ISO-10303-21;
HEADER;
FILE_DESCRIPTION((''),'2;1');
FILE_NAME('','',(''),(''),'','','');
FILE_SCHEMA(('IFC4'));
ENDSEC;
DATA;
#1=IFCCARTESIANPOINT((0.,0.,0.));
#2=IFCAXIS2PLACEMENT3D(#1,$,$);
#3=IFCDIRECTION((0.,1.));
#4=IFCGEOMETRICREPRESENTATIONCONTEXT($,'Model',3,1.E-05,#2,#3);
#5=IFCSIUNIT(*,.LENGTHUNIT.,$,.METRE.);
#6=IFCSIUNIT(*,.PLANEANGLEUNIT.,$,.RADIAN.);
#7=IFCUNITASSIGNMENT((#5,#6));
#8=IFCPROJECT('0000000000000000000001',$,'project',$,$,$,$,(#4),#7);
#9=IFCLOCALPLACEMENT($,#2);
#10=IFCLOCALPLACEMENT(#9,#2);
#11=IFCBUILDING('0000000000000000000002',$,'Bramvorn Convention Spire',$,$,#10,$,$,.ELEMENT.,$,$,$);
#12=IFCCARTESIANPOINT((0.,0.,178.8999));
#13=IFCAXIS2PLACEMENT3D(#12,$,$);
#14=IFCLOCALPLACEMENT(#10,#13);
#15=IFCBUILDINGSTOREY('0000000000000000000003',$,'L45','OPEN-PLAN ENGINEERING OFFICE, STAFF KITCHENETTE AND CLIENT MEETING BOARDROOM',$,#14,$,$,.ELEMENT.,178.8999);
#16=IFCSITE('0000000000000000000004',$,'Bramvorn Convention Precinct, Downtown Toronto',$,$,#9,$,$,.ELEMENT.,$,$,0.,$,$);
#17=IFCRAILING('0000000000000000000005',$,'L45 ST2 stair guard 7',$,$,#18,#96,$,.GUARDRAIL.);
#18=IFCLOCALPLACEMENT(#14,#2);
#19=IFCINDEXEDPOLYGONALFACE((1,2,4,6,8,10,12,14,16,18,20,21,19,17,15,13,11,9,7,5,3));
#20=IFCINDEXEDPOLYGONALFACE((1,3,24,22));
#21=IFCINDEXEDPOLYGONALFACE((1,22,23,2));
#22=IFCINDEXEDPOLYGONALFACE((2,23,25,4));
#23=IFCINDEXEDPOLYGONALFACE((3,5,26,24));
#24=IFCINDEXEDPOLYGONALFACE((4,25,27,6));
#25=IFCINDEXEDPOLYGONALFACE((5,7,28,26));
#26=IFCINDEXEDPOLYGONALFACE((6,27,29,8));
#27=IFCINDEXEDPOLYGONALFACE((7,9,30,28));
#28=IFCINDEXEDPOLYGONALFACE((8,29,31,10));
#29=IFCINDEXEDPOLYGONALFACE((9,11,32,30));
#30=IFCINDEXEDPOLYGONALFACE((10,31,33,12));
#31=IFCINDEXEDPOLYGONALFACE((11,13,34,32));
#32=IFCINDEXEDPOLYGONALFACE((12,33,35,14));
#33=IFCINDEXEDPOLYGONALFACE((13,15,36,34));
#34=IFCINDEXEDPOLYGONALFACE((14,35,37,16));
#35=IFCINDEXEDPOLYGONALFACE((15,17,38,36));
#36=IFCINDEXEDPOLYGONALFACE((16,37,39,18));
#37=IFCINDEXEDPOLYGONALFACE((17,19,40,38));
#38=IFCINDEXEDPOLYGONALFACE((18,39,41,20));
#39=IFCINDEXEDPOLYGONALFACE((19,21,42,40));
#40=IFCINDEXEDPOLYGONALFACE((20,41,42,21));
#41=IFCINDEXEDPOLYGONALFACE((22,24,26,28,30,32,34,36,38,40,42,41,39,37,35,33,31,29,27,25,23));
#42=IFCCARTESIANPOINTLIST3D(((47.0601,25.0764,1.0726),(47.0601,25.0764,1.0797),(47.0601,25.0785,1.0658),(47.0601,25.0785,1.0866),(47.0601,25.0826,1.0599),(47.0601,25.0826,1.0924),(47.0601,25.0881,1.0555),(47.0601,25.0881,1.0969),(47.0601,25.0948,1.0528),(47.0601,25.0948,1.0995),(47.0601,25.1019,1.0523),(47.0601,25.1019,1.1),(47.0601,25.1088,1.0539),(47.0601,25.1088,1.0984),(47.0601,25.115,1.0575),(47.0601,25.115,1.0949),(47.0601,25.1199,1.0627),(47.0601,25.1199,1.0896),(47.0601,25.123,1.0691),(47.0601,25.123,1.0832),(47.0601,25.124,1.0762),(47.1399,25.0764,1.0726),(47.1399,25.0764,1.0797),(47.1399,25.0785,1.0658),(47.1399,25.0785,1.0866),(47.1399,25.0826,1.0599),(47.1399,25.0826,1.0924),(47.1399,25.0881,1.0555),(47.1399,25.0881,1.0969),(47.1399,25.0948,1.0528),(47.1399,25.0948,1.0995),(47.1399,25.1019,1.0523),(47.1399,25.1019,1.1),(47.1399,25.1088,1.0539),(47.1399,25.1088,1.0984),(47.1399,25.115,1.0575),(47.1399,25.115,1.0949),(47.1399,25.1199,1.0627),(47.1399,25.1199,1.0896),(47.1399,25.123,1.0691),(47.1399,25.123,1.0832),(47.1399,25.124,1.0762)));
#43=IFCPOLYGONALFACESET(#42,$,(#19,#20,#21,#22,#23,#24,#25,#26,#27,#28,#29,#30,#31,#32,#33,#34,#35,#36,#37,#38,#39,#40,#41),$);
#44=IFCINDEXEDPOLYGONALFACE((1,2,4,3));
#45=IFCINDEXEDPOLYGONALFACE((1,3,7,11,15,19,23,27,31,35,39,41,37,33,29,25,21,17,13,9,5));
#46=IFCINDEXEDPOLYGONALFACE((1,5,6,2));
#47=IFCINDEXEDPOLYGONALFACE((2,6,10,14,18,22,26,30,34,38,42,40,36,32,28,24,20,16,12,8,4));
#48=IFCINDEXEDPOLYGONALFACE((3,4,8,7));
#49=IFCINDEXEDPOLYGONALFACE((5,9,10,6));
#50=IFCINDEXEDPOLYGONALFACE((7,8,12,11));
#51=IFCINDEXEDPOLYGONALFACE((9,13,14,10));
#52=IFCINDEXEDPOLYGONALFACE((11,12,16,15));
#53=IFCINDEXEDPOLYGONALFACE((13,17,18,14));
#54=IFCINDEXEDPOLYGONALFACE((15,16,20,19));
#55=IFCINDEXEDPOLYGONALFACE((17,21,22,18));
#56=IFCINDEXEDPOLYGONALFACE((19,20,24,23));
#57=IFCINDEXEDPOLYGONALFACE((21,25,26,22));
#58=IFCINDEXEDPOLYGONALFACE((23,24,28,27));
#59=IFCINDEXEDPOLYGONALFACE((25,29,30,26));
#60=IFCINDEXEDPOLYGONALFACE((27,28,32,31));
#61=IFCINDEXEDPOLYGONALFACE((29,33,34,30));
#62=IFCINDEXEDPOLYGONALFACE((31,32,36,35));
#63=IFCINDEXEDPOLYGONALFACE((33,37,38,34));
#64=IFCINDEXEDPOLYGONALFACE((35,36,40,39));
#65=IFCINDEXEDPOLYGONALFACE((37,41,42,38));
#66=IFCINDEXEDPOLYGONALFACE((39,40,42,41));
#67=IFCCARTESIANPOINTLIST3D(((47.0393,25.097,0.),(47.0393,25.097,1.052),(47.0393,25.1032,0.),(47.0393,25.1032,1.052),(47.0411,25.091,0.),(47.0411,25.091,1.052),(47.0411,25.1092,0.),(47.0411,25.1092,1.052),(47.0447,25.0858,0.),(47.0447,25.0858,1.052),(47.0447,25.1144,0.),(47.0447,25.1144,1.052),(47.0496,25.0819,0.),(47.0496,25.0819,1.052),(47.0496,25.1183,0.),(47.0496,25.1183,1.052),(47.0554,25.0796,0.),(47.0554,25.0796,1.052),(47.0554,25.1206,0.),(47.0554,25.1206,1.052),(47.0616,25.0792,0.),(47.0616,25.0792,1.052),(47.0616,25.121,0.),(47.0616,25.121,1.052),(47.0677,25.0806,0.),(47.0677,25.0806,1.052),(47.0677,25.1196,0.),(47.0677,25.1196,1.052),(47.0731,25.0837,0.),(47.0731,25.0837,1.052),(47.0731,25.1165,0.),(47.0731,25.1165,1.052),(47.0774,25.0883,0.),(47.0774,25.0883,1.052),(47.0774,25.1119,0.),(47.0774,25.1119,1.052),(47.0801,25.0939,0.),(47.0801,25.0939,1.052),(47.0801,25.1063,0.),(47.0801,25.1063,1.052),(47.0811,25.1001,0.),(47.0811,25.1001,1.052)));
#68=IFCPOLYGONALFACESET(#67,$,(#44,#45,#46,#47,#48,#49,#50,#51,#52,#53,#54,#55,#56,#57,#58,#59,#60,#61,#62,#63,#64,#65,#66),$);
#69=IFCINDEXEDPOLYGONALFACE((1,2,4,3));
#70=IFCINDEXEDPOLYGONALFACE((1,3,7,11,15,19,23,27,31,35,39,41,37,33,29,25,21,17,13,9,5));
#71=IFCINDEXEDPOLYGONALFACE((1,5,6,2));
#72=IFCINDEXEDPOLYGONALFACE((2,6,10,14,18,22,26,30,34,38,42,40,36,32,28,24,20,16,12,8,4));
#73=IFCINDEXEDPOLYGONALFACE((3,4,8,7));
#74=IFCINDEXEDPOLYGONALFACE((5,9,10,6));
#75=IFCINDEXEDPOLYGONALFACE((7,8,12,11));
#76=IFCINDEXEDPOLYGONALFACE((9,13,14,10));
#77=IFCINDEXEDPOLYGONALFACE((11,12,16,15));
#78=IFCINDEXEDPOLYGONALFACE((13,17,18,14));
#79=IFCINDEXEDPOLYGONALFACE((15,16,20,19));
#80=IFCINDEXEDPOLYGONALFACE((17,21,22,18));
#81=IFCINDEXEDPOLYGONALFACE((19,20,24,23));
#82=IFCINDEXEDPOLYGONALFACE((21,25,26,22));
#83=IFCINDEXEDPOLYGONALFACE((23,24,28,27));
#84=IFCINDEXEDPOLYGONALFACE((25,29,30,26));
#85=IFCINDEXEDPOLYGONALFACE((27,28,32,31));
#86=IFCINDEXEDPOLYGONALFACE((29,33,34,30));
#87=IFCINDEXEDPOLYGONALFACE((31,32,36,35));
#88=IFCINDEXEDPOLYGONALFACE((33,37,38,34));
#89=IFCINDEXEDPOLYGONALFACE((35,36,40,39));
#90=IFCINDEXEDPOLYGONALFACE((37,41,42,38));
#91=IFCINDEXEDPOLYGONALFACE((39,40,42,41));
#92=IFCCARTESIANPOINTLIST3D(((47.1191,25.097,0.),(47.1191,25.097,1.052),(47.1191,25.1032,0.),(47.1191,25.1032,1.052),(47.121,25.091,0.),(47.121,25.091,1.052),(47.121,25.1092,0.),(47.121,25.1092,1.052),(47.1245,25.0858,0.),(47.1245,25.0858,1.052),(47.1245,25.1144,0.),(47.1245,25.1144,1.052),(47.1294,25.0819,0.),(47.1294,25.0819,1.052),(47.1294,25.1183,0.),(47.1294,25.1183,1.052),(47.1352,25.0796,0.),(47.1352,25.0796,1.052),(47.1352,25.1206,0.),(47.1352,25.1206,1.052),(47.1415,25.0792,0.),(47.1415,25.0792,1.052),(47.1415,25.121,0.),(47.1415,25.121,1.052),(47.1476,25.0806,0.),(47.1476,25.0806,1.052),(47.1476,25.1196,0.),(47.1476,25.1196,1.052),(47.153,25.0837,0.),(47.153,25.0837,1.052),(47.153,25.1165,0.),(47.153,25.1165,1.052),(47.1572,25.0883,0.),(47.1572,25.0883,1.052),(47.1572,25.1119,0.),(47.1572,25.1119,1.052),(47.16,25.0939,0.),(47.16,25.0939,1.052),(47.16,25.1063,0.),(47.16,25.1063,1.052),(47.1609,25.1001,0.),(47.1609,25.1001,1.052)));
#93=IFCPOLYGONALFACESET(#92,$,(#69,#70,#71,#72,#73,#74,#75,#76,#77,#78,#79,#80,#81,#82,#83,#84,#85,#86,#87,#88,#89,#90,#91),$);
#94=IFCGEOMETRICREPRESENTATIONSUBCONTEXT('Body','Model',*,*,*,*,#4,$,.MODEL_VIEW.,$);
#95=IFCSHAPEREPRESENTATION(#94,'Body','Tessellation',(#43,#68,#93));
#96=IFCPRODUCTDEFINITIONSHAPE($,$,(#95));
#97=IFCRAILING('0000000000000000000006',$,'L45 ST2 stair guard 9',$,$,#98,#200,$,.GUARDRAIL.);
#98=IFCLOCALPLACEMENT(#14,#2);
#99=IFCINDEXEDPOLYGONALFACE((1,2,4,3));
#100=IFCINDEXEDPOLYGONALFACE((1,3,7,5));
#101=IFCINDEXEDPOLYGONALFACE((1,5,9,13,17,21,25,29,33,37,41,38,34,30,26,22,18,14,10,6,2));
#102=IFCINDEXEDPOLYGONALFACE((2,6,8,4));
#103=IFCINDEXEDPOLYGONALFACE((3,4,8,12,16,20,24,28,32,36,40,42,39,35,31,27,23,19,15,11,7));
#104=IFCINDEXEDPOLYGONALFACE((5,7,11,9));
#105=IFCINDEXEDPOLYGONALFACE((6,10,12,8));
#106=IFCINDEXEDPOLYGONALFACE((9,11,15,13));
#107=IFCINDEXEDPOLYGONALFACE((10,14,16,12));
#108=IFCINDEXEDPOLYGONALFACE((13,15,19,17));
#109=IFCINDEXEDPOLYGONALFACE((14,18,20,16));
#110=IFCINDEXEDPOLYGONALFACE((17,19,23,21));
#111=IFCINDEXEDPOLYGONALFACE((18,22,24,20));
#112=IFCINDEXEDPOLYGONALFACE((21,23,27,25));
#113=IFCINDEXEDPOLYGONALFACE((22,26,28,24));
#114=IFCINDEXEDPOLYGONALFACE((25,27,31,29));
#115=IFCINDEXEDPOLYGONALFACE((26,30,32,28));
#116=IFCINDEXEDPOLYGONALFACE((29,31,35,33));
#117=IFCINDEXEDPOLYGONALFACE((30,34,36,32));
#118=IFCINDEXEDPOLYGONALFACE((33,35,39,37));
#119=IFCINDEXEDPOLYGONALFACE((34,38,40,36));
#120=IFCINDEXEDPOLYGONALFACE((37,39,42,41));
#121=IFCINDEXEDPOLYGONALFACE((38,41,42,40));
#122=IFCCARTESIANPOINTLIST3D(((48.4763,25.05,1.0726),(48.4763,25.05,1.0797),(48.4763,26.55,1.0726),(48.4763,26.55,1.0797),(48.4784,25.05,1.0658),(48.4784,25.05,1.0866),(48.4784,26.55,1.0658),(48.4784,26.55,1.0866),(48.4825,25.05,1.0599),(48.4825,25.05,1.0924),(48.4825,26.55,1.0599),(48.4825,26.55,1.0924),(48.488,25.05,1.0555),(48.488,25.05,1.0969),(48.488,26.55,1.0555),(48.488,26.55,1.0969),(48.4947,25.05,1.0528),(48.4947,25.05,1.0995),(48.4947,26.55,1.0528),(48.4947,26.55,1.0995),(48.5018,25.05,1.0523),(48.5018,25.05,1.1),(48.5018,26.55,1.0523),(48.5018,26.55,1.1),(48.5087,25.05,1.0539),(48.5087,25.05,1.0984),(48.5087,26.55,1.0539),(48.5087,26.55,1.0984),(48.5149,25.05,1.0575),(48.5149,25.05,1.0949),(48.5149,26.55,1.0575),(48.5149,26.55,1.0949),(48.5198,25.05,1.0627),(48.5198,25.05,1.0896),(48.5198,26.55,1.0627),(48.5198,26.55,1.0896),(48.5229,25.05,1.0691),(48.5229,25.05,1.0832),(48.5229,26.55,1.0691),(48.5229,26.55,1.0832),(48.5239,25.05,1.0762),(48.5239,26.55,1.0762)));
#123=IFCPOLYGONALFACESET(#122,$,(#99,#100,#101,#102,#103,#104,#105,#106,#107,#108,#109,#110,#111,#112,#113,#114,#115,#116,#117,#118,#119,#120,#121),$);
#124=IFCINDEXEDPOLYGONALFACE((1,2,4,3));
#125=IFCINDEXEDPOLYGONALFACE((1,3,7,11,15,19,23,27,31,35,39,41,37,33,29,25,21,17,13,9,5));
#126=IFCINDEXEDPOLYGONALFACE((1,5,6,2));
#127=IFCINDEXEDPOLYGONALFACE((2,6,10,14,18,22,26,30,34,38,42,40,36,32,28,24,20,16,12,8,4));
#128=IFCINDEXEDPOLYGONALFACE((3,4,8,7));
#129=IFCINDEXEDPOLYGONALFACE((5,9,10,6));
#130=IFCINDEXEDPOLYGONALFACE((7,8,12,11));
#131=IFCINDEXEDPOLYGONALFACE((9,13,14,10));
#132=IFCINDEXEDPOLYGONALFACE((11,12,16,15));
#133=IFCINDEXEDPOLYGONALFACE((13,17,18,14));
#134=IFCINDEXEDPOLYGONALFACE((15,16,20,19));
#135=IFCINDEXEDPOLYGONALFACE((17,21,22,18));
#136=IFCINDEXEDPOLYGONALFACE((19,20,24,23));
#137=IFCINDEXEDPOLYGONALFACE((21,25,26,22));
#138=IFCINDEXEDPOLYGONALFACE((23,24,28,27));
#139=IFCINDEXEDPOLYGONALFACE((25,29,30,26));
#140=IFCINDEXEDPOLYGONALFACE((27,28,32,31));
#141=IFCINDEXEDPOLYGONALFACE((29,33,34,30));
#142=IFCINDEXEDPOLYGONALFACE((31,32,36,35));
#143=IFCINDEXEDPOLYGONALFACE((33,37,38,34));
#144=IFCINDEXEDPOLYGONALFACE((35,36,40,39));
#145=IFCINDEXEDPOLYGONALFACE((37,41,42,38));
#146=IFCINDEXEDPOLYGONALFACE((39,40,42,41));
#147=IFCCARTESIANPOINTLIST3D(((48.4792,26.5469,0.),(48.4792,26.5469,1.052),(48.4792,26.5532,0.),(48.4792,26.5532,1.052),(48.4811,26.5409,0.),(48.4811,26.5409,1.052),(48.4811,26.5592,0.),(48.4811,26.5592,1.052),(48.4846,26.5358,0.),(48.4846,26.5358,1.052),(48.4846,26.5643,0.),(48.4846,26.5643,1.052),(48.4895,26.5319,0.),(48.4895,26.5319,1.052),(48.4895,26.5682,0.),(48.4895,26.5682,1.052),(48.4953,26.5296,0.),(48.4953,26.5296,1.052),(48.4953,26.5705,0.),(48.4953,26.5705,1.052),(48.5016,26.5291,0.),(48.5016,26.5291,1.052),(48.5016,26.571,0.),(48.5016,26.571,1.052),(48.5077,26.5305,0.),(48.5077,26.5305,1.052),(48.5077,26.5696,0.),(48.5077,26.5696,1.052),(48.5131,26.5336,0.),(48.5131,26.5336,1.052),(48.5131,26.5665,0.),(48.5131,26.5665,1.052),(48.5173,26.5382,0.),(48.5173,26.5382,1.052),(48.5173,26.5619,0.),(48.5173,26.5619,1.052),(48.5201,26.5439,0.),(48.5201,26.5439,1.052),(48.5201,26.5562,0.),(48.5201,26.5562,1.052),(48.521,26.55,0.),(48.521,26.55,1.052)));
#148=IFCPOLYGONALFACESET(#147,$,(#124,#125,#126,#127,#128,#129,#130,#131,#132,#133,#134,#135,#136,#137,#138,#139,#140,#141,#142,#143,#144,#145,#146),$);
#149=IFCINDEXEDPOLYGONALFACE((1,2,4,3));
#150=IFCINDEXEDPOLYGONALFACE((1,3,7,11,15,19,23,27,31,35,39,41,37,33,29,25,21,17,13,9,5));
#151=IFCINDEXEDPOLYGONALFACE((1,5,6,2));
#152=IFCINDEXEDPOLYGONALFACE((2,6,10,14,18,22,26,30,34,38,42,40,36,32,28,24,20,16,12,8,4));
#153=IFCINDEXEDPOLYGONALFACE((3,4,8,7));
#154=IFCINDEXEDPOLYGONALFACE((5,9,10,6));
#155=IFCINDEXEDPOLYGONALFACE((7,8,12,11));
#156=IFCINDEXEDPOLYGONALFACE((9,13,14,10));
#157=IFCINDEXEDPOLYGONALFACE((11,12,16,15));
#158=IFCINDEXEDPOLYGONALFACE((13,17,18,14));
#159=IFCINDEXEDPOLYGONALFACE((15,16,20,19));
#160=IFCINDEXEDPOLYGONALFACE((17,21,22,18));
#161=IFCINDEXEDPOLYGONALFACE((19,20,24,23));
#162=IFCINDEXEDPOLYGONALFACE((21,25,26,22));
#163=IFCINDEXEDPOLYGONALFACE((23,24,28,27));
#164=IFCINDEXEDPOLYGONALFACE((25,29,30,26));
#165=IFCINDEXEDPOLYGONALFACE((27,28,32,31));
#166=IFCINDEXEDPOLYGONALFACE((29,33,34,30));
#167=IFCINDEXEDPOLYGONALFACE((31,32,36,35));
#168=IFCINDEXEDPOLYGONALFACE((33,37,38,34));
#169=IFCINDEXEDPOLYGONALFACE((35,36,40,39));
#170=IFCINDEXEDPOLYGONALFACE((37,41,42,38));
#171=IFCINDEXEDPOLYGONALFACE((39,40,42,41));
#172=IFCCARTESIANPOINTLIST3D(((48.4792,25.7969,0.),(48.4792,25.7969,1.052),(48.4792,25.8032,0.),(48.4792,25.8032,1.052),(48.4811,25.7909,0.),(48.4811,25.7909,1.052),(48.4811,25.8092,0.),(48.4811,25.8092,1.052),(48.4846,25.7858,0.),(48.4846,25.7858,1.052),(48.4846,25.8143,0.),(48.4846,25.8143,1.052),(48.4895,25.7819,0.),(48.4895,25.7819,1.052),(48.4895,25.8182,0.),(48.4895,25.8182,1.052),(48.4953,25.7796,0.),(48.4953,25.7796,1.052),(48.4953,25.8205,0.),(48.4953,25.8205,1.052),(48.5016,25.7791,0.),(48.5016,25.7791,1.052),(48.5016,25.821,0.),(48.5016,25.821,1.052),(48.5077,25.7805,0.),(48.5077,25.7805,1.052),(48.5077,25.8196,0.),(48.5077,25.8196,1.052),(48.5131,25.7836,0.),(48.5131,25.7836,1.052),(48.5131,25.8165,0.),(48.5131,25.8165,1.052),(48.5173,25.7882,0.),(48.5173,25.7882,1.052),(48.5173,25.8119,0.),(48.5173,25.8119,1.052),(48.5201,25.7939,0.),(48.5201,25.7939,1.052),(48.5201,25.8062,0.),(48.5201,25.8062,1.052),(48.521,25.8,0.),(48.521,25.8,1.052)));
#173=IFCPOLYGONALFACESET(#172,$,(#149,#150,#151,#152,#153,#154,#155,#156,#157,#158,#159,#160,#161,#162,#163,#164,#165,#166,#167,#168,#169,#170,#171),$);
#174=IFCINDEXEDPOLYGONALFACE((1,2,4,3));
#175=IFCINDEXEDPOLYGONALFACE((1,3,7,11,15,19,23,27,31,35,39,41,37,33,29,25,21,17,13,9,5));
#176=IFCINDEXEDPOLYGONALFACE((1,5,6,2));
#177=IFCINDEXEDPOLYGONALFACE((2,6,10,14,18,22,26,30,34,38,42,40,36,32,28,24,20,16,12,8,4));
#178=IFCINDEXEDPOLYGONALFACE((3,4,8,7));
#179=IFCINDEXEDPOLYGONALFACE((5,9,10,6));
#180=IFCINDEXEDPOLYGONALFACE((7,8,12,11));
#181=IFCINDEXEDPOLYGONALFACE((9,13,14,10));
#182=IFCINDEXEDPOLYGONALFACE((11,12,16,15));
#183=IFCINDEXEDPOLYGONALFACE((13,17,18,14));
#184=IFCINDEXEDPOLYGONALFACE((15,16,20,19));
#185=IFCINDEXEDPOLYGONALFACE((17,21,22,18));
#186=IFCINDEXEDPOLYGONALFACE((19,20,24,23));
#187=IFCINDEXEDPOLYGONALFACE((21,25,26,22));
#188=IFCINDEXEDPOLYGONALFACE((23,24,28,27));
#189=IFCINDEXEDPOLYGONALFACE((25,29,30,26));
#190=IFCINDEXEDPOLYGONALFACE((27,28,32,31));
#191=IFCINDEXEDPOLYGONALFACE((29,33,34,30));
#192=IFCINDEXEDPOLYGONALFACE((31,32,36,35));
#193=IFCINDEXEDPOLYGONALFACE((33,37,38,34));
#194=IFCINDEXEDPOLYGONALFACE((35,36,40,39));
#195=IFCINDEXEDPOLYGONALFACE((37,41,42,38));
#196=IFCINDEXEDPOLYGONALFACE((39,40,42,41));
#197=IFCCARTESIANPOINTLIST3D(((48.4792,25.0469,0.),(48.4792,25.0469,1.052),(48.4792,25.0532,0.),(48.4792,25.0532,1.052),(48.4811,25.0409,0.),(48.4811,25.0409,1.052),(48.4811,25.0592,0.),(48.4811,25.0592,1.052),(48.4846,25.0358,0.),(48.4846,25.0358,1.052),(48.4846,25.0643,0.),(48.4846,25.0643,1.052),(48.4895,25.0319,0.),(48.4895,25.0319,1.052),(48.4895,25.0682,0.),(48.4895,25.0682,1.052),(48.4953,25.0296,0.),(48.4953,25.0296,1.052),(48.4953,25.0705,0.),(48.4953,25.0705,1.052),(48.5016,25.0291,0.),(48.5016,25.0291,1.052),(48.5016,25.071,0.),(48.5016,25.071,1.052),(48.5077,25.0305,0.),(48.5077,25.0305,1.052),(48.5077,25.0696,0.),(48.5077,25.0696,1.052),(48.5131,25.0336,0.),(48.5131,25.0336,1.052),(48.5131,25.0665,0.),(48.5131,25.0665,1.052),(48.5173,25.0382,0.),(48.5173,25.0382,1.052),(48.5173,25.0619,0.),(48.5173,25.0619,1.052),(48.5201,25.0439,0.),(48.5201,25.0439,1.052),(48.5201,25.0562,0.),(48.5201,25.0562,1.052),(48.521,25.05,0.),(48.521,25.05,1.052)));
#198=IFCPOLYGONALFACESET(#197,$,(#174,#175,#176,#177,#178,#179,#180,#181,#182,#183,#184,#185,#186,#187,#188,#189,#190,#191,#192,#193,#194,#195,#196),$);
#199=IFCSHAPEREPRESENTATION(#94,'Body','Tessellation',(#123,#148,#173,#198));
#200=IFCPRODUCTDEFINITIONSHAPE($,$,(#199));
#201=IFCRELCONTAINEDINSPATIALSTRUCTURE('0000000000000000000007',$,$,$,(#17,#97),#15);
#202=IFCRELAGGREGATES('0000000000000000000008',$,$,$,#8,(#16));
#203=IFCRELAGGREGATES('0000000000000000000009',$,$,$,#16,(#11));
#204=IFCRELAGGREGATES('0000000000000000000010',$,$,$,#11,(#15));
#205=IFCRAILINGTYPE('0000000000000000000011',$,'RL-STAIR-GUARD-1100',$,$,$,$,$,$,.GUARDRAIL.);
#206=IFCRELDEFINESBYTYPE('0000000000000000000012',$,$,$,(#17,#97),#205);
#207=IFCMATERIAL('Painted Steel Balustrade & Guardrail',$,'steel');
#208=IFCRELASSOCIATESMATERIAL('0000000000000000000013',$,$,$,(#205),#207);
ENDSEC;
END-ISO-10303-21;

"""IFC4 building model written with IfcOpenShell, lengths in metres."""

from ifc_helpers import new_model, si_unit, direction, frame, origin, origin_2d, place, context, subcontext, project, spatial, circle, extrude, material, type_object, element, save


model = new_model("IFC4")

# Units and contexts
model_context = context("Model", 3, precision=1e-05, world=origin(), true_north=direction((0.0, 1.0)))
body_context = subcontext(model_context, "Body", "Model", "MODEL_VIEW")
ifc_project = project(units=[si_unit("LENGTHUNIT", "METRE"), si_unit("PLANEANGLEUNIT", "RADIAN")], contexts=[model_context])

# Site, building, storey
site_placement = place(None, origin())
site = spatial("IfcSite", under=ifc_project, at=site_placement, Name="Bramvorn Convention Precinct, Downtown Toronto", CompositionType="ELEMENT", RefElevation=0.0)
building_placement = place(site_placement, origin())
building = spatial("IfcBuilding", under=site, at=building_placement, Name="Bramvorn Convention Spire", CompositionType="ELEMENT")
storey_placement = place(building_placement, frame((0.0, 0.0, 178.8999)))
storey = spatial("IfcBuildingStorey", under=building, at=storey_placement, Name="L45", Description="OPEN-PLAN ENGINEERING OFFICE, STAFF KITCHENETTE AND CLIENT MEETING BOARDROOM", CompositionType="ELEMENT", Elevation=178.8999)

# Railings
ifc_material_1 = material(Name="Painted Steel Balustrade & Guardrail", Category="steel")
railing_type_1 = type_object("IfcRailingType", Name="RL-STAIR-GUARD-1100", PredefinedType="GUARDRAIL", material=ifc_material_1)
railing_1_placement = place(storey_placement, frame((47.0601, 25.1001, 0.0)))
element("IfcRailing", 1, at=railing_1_placement, inside=storey, type_object=railing_type_1, Name="L45 ST2 stair guard 7", PredefinedType="GUARDRAIL", context=body_context, shape_type="SweptSolid", body=[
    extrude(circle(Radius=0.0239, at=origin_2d()), frame((0.0, 0.0, 1.0762), z_axis=(1.0, 0.0, 0.0), x_axis=(0.0, 1.0, 0.0)), (0.0, 0.0, 1.0), 0.0798),
    extrude(circle(Radius=0.021, at=origin_2d()), origin(), (0.0, 0.0, 1.0), 1.052),
    extrude(circle(Radius=0.021, at=origin_2d()), frame((0.0798, 0.0, 0.0)), (0.0, 0.0, 1.0), 1.052),
])
railing_2_placement = place(storey_placement, frame((48.5, 26.55, 0.0)))
element("IfcRailing", 2, at=railing_2_placement, inside=storey, type_object=railing_type_1, Name="L45 ST2 stair guard 9", PredefinedType="GUARDRAIL", context=body_context, shape_type="SweptSolid", body=[
    extrude(circle(Radius=0.0239, at=origin_2d()), frame((0.0, 0.0, 1.0762), z_axis=(0.0, -1.0, 0.0), x_axis=(1.0, 0.0, 0.0)), (0.0, 0.0, 1.0), 1.5),
    extrude(circle(Radius=0.021, at=origin_2d()), origin(), (0.0, 0.0, 1.0), 1.052),
    extrude(circle(Radius=0.021, at=origin_2d()), frame((0.0, -0.75, 0.0)), (0.0, 0.0, 1.0), 1.052),
    extrude(circle(Radius=0.021, at=origin_2d()), frame((0.0, -1.5, 0.0)), (0.0, 0.0, 1.0), 1.052),
])

save(model, "model.ifc")
